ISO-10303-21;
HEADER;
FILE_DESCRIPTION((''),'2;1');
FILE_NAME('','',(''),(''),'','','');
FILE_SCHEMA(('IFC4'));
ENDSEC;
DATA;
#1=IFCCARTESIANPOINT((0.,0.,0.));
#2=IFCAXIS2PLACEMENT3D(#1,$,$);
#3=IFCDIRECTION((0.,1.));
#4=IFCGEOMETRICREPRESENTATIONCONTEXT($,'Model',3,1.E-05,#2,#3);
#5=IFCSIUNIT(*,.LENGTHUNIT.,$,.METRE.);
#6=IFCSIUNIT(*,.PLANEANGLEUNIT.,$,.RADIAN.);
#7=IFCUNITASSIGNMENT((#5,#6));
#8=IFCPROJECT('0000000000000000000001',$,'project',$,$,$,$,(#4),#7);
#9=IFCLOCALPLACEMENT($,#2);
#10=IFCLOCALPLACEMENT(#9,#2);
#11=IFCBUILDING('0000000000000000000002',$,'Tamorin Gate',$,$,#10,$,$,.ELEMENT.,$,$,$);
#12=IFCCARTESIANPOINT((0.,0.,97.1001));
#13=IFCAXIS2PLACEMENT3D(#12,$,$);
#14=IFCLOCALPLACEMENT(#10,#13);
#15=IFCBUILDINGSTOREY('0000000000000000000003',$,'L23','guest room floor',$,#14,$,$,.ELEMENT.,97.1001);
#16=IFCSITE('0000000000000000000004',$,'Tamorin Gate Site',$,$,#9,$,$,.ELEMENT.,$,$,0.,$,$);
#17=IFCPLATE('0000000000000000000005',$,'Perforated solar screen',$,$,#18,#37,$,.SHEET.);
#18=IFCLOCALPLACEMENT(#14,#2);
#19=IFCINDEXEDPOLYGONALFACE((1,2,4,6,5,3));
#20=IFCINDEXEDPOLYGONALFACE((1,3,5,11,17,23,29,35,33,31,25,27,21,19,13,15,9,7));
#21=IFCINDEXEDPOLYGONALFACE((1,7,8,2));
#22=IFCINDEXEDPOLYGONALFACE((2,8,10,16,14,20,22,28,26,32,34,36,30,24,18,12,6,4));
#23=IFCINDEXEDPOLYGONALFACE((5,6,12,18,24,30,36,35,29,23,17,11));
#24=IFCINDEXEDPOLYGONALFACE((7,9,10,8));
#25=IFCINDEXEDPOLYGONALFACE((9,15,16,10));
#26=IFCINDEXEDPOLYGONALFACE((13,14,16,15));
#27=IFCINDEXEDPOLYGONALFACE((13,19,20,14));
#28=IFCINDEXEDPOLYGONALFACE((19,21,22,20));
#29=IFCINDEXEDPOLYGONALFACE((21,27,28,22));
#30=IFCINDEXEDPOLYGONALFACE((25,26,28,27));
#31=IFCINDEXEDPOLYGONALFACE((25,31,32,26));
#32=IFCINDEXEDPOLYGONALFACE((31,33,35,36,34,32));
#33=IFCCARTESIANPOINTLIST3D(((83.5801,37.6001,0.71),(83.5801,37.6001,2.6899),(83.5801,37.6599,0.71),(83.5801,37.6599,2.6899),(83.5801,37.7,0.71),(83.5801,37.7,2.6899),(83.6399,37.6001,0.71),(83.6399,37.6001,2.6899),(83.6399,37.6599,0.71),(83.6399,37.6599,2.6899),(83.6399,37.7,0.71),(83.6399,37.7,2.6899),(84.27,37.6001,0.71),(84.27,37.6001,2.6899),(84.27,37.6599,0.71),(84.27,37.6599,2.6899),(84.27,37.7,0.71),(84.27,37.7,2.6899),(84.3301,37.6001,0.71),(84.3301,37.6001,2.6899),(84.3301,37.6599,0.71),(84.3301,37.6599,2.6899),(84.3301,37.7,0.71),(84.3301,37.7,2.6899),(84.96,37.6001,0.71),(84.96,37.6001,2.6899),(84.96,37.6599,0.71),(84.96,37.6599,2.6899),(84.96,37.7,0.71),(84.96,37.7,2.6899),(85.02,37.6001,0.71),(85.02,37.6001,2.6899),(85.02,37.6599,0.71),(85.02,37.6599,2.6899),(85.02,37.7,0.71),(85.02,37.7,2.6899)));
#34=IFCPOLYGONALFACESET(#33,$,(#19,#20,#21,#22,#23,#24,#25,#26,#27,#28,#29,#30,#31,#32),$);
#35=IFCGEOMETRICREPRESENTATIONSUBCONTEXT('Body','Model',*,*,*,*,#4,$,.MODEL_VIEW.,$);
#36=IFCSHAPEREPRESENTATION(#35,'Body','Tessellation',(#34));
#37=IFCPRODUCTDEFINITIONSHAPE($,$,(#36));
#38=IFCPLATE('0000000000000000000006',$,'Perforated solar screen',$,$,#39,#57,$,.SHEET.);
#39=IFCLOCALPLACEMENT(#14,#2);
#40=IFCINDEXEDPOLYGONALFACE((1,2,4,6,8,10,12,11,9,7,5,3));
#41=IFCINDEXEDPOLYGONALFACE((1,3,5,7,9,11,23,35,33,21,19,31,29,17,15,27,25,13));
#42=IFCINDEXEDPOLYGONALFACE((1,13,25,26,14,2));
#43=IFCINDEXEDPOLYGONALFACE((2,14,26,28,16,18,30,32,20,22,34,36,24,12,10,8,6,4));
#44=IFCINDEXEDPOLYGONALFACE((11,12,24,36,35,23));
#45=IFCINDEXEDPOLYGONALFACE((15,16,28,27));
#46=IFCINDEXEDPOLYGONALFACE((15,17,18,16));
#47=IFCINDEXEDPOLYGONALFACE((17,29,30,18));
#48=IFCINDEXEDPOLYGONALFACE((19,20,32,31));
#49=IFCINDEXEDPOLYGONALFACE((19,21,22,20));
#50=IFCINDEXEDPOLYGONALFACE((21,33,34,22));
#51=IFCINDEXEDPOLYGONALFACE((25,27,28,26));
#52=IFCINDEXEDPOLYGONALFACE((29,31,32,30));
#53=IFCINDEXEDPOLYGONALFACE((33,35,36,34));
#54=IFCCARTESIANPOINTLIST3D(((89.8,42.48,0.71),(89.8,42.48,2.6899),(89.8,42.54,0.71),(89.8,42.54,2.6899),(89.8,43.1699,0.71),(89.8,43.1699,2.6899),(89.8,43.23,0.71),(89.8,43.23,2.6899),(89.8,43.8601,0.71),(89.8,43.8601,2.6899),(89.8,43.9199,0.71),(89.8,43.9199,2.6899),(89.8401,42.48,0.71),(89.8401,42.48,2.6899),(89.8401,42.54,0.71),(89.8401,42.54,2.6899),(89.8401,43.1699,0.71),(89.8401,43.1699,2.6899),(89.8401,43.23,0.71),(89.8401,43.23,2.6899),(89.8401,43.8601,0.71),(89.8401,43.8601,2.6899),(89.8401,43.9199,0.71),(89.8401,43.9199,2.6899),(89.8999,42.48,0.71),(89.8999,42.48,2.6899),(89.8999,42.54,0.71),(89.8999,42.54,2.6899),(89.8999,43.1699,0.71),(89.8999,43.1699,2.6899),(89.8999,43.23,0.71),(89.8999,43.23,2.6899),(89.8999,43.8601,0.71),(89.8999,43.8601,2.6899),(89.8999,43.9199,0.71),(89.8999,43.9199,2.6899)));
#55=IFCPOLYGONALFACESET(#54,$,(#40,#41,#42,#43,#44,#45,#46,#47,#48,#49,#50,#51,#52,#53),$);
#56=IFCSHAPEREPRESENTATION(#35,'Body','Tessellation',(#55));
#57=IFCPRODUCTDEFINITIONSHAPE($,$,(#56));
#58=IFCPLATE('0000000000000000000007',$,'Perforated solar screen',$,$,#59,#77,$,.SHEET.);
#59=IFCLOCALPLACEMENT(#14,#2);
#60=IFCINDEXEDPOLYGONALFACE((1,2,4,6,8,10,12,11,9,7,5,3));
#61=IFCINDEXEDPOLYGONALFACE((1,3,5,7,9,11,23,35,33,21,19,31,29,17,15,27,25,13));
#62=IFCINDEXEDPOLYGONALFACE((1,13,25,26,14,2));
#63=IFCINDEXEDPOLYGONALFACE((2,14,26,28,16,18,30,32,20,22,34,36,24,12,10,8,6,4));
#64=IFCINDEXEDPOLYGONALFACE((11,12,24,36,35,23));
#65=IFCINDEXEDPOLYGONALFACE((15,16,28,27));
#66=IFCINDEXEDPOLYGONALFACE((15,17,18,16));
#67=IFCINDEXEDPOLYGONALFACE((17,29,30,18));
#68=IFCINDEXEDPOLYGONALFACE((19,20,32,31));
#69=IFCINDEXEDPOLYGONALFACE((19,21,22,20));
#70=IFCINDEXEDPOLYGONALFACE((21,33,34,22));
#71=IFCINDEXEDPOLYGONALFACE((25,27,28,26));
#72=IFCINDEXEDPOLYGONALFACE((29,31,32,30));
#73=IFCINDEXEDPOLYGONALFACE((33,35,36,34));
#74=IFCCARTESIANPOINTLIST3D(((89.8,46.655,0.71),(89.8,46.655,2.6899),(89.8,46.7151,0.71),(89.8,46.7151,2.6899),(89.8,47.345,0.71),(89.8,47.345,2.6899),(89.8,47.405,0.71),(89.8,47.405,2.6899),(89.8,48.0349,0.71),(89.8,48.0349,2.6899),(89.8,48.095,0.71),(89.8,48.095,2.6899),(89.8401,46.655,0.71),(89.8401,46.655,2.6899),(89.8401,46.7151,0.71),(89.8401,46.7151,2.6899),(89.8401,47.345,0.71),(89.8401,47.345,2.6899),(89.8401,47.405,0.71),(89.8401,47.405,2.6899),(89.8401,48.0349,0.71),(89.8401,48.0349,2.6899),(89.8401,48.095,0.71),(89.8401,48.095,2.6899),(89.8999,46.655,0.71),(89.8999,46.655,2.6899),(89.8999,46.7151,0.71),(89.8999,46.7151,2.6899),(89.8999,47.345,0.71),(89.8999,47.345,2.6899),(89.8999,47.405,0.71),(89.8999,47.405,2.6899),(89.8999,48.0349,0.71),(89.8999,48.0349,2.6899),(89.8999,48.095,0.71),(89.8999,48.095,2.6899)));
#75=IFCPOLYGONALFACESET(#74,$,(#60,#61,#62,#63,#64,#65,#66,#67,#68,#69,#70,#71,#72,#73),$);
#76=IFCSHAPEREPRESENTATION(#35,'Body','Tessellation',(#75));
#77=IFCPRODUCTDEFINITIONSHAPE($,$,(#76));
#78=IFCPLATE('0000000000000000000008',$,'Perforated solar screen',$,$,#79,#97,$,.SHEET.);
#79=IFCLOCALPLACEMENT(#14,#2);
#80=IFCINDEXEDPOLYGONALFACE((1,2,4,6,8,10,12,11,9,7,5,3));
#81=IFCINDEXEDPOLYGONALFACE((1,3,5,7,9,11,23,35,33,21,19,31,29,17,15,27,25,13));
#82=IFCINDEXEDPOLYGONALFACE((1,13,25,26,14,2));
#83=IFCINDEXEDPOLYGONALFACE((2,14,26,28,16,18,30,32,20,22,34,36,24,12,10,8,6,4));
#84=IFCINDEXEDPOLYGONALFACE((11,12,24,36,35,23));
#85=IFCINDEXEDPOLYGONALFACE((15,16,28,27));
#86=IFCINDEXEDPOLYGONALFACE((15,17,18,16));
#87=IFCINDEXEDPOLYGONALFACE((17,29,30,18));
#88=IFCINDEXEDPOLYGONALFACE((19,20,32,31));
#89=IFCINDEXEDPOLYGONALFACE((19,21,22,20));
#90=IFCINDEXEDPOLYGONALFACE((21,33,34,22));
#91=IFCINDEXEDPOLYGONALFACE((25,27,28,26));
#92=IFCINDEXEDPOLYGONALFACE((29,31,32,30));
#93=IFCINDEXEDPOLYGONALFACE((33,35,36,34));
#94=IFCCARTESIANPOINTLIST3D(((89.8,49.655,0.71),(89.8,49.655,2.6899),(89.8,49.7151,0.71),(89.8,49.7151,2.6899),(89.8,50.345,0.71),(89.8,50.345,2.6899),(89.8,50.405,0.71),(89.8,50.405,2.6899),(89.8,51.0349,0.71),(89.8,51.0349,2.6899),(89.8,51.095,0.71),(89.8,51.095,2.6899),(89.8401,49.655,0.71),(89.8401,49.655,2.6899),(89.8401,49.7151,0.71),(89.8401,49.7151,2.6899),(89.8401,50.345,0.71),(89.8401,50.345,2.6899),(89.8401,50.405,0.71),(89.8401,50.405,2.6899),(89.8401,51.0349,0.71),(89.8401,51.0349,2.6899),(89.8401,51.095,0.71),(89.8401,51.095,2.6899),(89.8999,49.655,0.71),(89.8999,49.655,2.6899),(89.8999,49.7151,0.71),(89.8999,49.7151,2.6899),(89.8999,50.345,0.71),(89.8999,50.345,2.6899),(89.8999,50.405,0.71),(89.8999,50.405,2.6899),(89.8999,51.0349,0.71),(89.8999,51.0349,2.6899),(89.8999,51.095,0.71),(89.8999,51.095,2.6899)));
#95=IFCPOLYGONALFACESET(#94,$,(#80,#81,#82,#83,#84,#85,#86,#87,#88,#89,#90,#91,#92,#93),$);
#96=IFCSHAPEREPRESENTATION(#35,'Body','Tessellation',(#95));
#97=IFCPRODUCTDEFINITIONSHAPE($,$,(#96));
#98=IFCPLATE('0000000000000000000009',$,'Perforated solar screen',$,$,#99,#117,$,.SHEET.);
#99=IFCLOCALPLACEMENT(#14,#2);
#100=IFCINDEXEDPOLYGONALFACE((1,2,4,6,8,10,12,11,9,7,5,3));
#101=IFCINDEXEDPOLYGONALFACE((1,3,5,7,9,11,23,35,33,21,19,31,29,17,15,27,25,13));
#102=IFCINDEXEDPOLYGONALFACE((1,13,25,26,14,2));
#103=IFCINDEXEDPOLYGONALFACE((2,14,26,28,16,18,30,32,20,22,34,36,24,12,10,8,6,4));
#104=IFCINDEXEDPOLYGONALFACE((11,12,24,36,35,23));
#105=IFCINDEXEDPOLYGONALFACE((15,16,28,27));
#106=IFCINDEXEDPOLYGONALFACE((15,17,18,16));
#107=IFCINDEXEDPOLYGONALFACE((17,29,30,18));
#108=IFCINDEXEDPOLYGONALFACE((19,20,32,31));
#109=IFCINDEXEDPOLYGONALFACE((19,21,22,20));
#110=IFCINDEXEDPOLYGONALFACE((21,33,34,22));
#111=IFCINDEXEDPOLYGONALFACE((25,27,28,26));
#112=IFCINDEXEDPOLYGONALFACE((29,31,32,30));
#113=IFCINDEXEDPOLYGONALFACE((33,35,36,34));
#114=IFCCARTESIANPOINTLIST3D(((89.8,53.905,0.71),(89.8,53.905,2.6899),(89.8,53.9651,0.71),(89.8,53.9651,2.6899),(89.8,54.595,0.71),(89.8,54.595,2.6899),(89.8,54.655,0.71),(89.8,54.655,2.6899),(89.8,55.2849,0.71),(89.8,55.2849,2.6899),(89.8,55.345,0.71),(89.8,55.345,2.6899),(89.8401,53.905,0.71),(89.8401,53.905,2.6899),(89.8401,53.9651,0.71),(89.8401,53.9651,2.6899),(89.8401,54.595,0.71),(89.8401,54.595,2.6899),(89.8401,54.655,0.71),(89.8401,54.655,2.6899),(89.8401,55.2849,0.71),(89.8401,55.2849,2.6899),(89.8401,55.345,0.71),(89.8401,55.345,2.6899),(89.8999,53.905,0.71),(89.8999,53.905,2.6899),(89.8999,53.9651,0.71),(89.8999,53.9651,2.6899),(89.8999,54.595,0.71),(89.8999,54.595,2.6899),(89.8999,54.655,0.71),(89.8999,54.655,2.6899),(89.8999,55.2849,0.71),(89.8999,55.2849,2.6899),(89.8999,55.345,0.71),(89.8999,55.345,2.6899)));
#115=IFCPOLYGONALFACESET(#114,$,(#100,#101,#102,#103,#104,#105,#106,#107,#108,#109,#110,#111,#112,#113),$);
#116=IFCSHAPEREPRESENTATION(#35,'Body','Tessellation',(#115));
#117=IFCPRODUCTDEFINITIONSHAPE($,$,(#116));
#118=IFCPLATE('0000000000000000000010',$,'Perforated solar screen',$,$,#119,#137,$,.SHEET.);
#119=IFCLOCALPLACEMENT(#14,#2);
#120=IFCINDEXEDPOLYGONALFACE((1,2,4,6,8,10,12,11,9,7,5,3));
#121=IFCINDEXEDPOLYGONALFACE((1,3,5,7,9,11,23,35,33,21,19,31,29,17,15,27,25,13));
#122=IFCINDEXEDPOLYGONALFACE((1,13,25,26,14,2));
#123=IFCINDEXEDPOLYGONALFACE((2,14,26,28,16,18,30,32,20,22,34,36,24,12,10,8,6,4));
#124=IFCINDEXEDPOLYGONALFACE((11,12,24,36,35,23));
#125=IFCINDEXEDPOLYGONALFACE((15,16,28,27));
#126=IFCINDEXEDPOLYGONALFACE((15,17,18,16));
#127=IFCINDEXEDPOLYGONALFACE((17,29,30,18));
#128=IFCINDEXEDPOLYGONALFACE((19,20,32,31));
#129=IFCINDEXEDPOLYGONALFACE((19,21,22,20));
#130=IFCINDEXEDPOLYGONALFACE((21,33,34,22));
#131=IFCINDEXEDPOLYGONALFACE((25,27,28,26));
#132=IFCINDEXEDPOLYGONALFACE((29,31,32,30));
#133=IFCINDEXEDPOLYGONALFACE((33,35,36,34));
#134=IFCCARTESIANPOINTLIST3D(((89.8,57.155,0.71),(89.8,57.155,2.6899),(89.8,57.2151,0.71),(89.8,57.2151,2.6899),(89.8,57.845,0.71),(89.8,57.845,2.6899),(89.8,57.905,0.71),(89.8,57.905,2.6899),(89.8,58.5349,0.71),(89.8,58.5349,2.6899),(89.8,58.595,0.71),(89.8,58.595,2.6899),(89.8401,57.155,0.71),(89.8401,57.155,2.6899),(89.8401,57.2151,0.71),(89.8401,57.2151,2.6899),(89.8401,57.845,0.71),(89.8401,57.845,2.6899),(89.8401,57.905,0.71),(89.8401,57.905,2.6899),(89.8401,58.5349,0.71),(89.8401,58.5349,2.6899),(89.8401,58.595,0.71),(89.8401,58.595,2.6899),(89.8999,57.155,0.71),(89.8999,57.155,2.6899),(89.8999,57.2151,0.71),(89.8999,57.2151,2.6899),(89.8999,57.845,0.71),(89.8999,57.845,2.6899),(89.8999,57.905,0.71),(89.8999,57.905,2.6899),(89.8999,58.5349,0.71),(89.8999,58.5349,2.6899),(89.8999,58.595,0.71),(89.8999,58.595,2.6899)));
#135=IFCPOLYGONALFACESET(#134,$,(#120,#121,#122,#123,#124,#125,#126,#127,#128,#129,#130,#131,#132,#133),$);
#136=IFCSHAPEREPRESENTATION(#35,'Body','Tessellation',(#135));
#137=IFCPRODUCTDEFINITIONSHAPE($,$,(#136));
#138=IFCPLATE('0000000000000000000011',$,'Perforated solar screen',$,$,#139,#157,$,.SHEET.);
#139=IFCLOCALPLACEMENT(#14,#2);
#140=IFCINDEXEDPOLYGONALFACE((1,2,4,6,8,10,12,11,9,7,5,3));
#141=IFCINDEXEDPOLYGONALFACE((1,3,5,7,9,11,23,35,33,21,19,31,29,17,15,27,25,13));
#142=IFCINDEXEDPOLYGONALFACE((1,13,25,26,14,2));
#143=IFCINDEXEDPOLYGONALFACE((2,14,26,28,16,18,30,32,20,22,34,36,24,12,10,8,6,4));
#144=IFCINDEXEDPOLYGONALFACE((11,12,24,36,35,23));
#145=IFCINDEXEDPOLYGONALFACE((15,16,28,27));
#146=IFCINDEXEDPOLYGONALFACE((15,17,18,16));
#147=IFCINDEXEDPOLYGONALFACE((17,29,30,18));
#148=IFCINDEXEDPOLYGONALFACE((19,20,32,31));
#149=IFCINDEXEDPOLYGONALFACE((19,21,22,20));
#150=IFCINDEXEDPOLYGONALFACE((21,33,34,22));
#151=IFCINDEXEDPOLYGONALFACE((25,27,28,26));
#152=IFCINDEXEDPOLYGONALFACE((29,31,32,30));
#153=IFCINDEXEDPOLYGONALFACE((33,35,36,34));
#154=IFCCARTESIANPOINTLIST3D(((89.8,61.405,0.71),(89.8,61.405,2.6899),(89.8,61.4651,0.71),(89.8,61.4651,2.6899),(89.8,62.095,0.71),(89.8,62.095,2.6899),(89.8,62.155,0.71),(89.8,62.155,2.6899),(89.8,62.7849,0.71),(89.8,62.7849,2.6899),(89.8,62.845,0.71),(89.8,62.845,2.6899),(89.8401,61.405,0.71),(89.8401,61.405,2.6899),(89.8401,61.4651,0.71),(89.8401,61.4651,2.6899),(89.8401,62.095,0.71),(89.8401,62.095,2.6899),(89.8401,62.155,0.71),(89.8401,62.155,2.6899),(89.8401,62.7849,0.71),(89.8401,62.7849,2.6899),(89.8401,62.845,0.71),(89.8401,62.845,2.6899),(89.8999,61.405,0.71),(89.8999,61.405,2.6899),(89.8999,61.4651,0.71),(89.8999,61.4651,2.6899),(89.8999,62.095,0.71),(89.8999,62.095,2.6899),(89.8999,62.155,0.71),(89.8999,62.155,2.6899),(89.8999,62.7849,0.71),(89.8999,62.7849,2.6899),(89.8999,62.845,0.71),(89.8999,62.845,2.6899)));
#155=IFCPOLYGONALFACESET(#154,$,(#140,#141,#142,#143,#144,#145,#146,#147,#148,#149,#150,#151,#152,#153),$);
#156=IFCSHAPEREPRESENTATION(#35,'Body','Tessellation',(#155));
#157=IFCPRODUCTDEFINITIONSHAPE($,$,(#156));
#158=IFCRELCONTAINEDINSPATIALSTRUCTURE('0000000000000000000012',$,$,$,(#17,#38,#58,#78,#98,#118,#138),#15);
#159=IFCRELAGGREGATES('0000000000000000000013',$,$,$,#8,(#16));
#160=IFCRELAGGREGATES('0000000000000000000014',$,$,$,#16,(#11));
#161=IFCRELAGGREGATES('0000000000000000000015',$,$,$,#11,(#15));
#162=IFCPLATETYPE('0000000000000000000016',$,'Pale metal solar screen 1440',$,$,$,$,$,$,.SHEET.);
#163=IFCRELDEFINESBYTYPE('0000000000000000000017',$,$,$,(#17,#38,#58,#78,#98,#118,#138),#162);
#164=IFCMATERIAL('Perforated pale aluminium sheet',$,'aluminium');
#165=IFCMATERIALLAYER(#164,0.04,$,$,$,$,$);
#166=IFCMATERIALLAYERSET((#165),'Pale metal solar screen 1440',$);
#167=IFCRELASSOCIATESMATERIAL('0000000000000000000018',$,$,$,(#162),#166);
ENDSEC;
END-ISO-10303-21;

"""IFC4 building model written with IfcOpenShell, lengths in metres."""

from ifc_helpers import new_model, si_unit, direction, frame, origin, place, context, subcontext, project, spatial, polyline, outline, extrude, material, layer, layer_set, type_object, element, save


model = new_model("IFC4")

# Units and contexts
model_context = context("Model", 3, precision=1e-05, world=origin(), true_north=direction((0.0, 1.0)))
body_context = subcontext(model_context, "Body", "Model", "MODEL_VIEW")
ifc_project = project(units=[si_unit("LENGTHUNIT", "METRE"), si_unit("PLANEANGLEUNIT", "RADIAN")], contexts=[model_context])

# Site, building, storey
site_placement = place(None, origin())
site = spatial("IfcSite", under=ifc_project, at=site_placement, Name="Tamorin Gate Site", CompositionType="ELEMENT", RefElevation=0.0)
building_placement = place(site_placement, origin())
building = spatial("IfcBuilding", under=site, at=building_placement, Name="Tamorin Gate", CompositionType="ELEMENT")
storey_placement = place(building_placement, frame((0.0, 0.0, 97.1001)))
storey = spatial("IfcBuildingStorey", under=building, at=storey_placement, Name="L23", Description="guest room floor", CompositionType="ELEMENT", Elevation=97.1001)

# Plates
ifc_material_1 = material(Name="Perforated pale aluminium sheet", Category="aluminium")
ifc_layer_1 = layer(ifc_material_1, 0.04)
ifc_layer_set_1 = layer_set([ifc_layer_1], Name="Pale metal solar screen 1440")
plate_type = type_object("IfcPlateType", Name="Pale metal solar screen 1440", PredefinedType="SHEET", material=ifc_layer_set_1)
plate_1_placement = place(storey_placement, frame((0.0, 0.0, 0.71)))
element("IfcPlate", 1, at=plate_1_placement, inside=storey, type_object=plate_type, Name="Perforated solar screen", PredefinedType="SHEET", context=body_context, shape_type="SweptSolid", body=[
    extrude(outline(polyline([(83.5801, 37.6599), (83.5801, 37.7), (83.6399, 37.7), (84.27, 37.7), (84.3301, 37.7), (84.96, 37.7), (85.02, 37.7), (85.02, 37.6599), (85.02, 37.6001), (84.96, 37.6001), (84.96, 37.6599), (84.3301, 37.6599), (84.3301, 37.6001), (84.27, 37.6001), (84.27, 37.6599), (83.6399, 37.6599), (83.6399, 37.6001), (83.5801, 37.6001), (83.5801, 37.6599)])), origin(), (0.0, 0.0, 1.0), 1.98),
])
plate_2_placement = place(storey_placement, frame((0.0, 0.0, 0.71)))
element("IfcPlate", 2, at=plate_2_placement, inside=storey, type_object=plate_type, Name="Perforated solar screen", PredefinedType="SHEET", context=body_context, shape_type="SweptSolid", body=[
    extrude(outline(polyline([(89.8401, 42.48), (89.8, 42.48), (89.8, 42.54), (89.8, 43.1699), (89.8, 43.23), (89.8, 43.8601), (89.8, 43.9199), (89.8401, 43.9199), (89.8999, 43.9199), (89.8999, 43.8601), (89.8401, 43.8601), (89.8401, 43.23), (89.8999, 43.23), (89.8999, 43.1699), (89.8401, 43.1699), (89.8401, 42.54), (89.8999, 42.54), (89.8999, 42.48), (89.8401, 42.48)])), origin(), (0.0, 0.0, 1.0), 1.98),
])
plate_3_placement = place(storey_placement, frame((0.0, 0.0, 0.71)))
element("IfcPlate", 3, at=plate_3_placement, inside=storey, type_object=plate_type, Name="Perforated solar screen", PredefinedType="SHEET", context=body_context, shape_type="SweptSolid", body=[
    extrude(outline(polyline([(89.8401, 46.655), (89.8, 46.655), (89.8, 46.7151), (89.8, 47.345), (89.8, 47.405), (89.8, 48.0349), (89.8, 48.095), (89.8, 48.095), (89.8401, 48.095), (89.8401, 48.095), (89.8999, 48.095), (89.8999, 48.0349), (89.8401, 48.0349), (89.8401, 47.405), (89.8999, 47.405), (89.8999, 47.345), (89.8401, 47.345), (89.8401, 46.7151), (89.8999, 46.7151), (89.8999, 46.655), (89.8401, 46.655)])), origin(), (0.0, 0.0, 1.0), 1.98),
])
plate_4_placement = place(storey_placement, frame((0.0, 0.0, 0.71)))
element("IfcPlate", 4, at=plate_4_placement, inside=storey, type_object=plate_type, Name="Perforated solar screen", PredefinedType="SHEET", context=body_context, shape_type="SweptSolid", body=[
    extrude(outline(polyline([(89.8401, 49.655), (89.8, 49.655), (89.8, 49.7151), (89.8, 50.345), (89.8, 50.405), (89.8, 51.0349), (89.8, 51.095), (89.8401, 51.095), (89.8999, 51.095), (89.8999, 51.0349), (89.8401, 51.0349), (89.8401, 50.405), (89.8999, 50.405), (89.8999, 50.345), (89.8401, 50.345), (89.8401, 49.7151), (89.8999, 49.7151), (89.8999, 49.655), (89.8401, 49.655)])), origin(), (0.0, 0.0, 1.0), 1.98),
])
plate_5_placement = place(storey_placement, frame((0.0, 0.0, 0.71)))
element("IfcPlate", 5, at=plate_5_placement, inside=storey, type_object=plate_type, Name="Perforated solar screen", PredefinedType="SHEET", context=body_context, shape_type="SweptSolid", body=[
    extrude(outline(polyline([(89.8401, 53.905), (89.8, 53.905), (89.8, 53.9651), (89.8, 54.595), (89.8, 54.655), (89.8, 55.2849), (89.8, 55.345), (89.8401, 55.345), (89.8999, 55.345), (89.8999, 55.2849), (89.8401, 55.2849), (89.8401, 54.655), (89.8999, 54.655), (89.8999, 54.595), (89.8401, 54.595), (89.8401, 53.9651), (89.8999, 53.9651), (89.8999, 53.905), (89.8401, 53.905)])), origin(), (0.0, 0.0, 1.0), 1.98),
])
plate_6_placement = place(storey_placement, frame((0.0, 0.0, 0.71)))
element("IfcPlate", 6, at=plate_6_placement, inside=storey, type_object=plate_type, Name="Perforated solar screen", PredefinedType="SHEET", context=body_context, shape_type="SweptSolid", body=[
    extrude(outline(polyline([(89.8401, 57.155), (89.8, 57.155), (89.8, 57.2151), (89.8, 57.845), (89.8, 57.905), (89.8, 58.5349), (89.8, 58.595), (89.8401, 58.595), (89.8999, 58.595), (89.8999, 58.5349), (89.8401, 58.5349), (89.8401, 57.905), (89.8999, 57.905), (89.8999, 57.845), (89.8401, 57.845), (89.8401, 57.2151), (89.8999, 57.2151), (89.8999, 57.155), (89.8401, 57.155)])), origin(), (0.0, 0.0, 1.0), 1.98),
])
plate_7_placement = place(storey_placement, frame((0.0, 0.0, 0.71)))
element("IfcPlate", 7, at=plate_7_placement, inside=storey, type_object=plate_type, Name="Perforated solar screen", PredefinedType="SHEET", context=body_context, shape_type="SweptSolid", body=[
    extrude(outline(polyline([(89.8401, 61.405), (89.8, 61.405), (89.8, 61.4651), (89.8, 62.095), (89.8, 62.155), (89.8, 62.7849), (89.8, 62.845), (89.8401, 62.845), (89.8999, 62.845), (89.8999, 62.7849), (89.8401, 62.7849), (89.8401, 62.155), (89.8999, 62.155), (89.8999, 62.095), (89.8401, 62.095), (89.8401, 61.4651), (89.8999, 61.4651), (89.8999, 61.405), (89.8401, 61.405)])), origin(), (0.0, 0.0, 1.0), 1.98),
])

save(model, "model.ifc")
